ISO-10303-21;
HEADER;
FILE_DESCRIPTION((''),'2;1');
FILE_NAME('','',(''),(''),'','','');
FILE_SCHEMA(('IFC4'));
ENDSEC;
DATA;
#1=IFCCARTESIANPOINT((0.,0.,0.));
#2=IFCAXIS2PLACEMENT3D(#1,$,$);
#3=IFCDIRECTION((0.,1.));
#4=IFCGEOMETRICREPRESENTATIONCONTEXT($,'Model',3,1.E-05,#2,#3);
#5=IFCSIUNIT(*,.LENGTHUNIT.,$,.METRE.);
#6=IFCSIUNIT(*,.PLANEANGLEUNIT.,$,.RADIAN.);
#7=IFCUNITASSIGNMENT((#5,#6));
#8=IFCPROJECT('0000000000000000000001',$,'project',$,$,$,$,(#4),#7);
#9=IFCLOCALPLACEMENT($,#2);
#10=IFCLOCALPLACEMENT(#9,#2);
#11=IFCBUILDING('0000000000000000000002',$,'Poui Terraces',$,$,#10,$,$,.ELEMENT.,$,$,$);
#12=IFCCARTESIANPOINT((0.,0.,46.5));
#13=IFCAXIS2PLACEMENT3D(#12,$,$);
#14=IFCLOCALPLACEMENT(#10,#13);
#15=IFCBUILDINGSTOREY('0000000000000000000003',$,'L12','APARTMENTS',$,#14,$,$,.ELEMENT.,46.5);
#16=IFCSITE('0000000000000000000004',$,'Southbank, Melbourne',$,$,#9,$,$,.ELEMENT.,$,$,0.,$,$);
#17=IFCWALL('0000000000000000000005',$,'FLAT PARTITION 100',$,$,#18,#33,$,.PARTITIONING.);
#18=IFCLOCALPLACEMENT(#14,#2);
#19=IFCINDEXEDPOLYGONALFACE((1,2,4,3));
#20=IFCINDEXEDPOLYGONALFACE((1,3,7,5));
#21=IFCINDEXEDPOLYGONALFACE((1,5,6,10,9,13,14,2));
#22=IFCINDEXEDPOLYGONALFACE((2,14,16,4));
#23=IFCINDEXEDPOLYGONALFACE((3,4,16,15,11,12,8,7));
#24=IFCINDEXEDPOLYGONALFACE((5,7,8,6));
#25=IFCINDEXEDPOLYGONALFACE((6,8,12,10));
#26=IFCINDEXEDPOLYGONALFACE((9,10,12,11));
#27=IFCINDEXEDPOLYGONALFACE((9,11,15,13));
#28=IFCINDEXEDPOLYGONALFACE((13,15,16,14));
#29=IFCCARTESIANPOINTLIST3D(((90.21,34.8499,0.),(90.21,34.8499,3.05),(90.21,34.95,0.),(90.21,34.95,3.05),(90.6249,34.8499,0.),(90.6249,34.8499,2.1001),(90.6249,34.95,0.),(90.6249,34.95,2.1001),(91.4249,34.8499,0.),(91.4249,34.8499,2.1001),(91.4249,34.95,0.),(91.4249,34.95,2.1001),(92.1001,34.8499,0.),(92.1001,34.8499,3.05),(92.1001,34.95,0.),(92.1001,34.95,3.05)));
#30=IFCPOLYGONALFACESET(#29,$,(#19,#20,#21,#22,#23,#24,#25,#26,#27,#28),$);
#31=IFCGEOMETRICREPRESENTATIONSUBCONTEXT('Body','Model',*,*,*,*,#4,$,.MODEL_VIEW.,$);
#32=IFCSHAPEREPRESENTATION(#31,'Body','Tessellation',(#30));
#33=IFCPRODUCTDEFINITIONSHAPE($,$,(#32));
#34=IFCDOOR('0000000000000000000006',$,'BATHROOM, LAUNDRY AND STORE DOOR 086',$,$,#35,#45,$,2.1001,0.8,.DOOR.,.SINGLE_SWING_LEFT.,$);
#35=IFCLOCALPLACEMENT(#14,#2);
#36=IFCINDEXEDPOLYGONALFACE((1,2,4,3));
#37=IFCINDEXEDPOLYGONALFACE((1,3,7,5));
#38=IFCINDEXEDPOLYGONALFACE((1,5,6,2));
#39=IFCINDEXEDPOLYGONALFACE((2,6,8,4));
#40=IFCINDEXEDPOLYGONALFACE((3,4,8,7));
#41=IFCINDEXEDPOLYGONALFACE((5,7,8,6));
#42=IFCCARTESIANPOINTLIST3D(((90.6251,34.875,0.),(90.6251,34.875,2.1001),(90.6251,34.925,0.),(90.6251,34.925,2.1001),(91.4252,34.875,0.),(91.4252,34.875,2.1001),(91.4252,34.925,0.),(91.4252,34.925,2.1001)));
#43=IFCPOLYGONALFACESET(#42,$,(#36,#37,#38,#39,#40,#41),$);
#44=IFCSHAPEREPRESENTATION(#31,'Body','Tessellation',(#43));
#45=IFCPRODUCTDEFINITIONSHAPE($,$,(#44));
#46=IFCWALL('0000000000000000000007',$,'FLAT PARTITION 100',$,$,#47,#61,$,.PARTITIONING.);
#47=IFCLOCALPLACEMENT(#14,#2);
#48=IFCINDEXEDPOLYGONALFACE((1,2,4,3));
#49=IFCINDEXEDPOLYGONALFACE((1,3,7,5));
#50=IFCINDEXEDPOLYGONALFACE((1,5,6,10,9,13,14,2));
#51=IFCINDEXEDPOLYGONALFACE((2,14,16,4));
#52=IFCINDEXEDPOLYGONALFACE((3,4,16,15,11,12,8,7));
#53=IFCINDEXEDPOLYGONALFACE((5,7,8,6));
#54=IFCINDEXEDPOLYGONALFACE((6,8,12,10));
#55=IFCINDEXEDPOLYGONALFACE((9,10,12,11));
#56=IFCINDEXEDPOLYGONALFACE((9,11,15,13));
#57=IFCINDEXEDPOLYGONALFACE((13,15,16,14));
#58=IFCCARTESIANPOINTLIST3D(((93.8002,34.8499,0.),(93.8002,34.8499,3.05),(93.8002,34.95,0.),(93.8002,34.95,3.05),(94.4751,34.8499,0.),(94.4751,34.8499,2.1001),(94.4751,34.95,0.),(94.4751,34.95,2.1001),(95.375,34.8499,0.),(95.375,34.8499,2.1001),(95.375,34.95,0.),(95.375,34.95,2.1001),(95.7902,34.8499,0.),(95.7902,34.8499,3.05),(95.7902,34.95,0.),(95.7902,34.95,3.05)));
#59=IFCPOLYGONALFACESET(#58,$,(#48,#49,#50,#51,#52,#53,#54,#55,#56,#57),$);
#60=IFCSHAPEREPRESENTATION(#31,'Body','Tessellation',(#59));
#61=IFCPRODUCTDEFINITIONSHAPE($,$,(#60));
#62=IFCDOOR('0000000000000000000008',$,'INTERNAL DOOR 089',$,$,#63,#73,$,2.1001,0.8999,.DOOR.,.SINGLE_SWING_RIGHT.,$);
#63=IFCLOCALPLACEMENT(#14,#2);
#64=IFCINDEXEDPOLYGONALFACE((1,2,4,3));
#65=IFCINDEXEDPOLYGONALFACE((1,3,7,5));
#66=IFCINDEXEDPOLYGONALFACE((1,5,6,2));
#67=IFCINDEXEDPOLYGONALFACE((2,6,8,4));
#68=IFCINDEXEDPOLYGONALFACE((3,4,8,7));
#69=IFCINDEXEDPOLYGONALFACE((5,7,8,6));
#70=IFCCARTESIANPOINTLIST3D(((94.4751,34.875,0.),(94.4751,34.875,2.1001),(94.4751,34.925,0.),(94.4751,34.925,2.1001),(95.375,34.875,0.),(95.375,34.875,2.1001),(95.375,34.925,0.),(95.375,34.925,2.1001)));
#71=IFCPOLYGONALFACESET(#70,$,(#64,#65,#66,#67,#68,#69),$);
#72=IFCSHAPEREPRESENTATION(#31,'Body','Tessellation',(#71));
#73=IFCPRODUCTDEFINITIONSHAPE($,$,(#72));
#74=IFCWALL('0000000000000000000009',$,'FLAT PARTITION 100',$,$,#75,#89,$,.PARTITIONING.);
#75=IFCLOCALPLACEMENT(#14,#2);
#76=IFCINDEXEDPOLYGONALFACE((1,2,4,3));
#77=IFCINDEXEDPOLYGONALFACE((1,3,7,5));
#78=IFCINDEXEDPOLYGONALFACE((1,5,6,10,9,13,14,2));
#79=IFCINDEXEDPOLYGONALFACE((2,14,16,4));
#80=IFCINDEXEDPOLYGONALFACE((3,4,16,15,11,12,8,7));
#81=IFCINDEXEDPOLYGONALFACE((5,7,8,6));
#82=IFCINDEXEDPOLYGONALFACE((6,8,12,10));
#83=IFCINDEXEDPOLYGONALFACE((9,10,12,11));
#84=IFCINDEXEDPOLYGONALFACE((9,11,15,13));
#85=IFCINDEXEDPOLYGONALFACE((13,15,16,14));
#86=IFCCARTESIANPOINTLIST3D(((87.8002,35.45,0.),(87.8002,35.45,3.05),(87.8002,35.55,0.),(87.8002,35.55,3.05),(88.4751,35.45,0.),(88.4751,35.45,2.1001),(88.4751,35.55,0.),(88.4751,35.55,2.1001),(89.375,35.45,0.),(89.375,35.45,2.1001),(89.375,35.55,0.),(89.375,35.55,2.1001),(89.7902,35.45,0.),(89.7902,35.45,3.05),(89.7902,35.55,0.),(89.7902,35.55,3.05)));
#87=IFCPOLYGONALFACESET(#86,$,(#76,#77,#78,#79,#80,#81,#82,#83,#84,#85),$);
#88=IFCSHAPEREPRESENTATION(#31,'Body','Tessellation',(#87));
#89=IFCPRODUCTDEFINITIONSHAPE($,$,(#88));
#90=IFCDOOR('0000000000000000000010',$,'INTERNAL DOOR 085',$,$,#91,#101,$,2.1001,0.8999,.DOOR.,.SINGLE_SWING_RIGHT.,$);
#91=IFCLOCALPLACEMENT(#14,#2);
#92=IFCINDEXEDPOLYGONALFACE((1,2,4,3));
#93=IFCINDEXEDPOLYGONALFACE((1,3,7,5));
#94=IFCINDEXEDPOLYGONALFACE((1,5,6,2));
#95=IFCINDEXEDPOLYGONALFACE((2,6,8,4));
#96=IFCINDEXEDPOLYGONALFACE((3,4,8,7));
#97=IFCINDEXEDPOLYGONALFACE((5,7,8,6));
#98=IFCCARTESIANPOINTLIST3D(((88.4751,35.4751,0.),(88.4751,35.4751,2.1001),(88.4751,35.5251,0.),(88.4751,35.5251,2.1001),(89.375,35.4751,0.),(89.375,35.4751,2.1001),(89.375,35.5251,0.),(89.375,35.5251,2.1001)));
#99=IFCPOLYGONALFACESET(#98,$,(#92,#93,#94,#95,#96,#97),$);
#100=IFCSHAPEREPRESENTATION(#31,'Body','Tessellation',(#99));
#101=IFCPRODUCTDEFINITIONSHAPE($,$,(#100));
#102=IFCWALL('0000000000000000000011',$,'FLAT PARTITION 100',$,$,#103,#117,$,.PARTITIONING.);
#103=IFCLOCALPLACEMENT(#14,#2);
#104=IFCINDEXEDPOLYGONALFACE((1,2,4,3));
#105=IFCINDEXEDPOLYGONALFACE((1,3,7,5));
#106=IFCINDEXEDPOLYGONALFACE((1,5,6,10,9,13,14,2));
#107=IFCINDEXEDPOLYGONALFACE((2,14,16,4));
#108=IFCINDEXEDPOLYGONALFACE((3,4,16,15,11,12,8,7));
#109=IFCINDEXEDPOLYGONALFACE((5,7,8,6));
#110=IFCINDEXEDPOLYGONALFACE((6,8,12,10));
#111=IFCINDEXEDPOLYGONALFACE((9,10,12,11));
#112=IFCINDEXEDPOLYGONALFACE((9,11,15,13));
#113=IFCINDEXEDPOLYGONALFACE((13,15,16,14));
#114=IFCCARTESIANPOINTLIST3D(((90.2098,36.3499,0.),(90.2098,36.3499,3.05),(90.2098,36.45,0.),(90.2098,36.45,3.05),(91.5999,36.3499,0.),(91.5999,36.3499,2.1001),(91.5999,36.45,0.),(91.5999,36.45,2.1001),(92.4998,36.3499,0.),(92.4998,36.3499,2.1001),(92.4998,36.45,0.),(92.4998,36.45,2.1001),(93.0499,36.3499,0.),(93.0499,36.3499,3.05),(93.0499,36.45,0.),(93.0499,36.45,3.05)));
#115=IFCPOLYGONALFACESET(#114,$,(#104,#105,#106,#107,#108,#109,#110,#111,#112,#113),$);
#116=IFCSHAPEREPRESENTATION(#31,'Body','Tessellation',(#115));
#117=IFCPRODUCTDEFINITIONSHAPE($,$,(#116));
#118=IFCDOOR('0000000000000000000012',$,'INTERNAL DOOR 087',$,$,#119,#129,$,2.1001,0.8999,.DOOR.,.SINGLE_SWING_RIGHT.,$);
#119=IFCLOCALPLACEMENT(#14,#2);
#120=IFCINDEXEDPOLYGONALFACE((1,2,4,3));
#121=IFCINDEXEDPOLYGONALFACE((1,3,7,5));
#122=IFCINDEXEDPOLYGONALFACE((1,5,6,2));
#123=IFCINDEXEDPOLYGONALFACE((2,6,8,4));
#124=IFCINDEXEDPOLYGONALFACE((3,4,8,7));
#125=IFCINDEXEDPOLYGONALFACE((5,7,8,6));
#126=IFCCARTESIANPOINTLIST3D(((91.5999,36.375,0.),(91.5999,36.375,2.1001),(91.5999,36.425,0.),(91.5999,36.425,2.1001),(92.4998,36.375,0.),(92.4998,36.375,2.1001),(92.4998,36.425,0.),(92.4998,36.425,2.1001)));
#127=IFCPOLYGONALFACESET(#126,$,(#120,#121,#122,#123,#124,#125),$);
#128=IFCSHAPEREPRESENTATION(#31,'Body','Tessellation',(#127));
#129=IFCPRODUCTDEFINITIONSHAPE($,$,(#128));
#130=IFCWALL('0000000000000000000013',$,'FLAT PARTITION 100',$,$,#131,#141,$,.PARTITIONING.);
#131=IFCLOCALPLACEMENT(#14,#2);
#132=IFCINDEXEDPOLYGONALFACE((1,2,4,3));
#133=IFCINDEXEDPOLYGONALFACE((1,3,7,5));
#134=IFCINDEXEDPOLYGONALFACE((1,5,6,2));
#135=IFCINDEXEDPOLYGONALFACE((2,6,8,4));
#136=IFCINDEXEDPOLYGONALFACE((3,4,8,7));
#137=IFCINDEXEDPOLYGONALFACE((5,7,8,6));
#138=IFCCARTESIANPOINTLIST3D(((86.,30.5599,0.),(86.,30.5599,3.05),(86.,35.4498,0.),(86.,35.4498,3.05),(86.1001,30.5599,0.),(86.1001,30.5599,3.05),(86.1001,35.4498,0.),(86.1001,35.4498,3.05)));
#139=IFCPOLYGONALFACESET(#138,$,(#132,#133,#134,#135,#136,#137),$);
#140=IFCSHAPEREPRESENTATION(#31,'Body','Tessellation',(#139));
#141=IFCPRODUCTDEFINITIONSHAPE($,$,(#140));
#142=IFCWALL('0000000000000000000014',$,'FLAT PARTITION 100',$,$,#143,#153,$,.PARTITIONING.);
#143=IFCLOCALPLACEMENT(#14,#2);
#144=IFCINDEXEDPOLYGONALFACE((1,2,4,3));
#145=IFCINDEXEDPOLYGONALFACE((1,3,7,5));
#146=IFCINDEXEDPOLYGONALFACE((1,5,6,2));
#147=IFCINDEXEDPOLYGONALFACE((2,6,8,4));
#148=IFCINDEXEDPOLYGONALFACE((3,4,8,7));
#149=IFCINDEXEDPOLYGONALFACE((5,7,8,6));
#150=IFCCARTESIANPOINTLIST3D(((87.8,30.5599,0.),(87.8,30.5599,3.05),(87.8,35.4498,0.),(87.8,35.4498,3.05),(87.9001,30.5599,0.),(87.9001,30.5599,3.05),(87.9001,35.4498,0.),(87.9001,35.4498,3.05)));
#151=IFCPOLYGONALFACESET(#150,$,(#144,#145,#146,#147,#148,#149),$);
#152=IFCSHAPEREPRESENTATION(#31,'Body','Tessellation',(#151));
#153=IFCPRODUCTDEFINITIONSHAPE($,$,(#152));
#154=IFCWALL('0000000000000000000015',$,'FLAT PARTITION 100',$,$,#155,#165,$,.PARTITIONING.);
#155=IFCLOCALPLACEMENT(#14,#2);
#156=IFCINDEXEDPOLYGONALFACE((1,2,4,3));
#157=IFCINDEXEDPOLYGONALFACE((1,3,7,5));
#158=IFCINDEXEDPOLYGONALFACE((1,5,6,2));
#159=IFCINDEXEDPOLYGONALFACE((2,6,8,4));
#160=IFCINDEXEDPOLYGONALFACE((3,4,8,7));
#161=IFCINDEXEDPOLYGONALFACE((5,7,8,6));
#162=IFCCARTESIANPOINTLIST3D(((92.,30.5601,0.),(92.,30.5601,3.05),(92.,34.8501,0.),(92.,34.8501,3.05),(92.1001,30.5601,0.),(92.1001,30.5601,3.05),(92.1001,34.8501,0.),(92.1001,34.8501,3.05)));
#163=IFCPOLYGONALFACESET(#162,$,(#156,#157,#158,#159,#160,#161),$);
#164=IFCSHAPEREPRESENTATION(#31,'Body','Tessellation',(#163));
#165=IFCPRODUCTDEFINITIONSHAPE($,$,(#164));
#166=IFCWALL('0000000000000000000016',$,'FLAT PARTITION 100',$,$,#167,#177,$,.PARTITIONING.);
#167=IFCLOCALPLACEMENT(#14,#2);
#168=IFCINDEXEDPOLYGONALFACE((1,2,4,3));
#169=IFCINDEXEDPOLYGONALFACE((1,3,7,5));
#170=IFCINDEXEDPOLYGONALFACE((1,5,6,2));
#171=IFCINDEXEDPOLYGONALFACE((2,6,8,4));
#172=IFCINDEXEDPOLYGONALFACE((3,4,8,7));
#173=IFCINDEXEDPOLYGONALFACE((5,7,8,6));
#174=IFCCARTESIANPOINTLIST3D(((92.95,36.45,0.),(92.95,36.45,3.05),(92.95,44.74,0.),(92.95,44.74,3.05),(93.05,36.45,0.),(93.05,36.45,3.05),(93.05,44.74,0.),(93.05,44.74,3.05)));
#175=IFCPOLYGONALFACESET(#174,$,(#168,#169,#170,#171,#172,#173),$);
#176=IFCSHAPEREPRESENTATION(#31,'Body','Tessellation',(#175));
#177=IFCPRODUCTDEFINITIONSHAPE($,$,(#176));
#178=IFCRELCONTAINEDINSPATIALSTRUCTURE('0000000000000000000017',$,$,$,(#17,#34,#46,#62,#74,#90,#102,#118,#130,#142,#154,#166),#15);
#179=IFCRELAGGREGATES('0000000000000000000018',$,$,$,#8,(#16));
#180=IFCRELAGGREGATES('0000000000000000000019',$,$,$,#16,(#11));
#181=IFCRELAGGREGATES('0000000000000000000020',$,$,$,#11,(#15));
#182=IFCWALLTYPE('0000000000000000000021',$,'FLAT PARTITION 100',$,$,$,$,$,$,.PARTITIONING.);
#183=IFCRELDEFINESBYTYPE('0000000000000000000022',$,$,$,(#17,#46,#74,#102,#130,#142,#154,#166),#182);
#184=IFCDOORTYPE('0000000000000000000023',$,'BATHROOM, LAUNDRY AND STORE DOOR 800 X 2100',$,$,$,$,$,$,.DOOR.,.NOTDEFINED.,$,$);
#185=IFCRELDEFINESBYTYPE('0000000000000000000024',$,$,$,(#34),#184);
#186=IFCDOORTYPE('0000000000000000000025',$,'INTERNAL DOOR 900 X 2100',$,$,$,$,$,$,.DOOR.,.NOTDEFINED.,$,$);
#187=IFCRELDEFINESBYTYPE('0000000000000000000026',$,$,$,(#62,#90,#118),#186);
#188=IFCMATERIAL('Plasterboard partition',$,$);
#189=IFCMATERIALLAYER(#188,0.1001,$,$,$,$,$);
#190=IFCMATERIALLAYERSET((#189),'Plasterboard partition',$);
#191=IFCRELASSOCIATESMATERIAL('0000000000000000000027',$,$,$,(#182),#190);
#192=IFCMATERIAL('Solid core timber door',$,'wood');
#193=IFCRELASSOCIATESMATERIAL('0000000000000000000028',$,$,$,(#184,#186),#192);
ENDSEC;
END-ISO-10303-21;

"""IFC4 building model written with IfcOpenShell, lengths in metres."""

from ifc_helpers import new_model, si_unit, direction, frame, frame_2d, origin, place, context, subcontext, project, spatial, rectangle, extrude, material, layer, layer_set, type_object, element, fill, save


model = new_model("IFC4")

# Units and contexts
model_context = context("Model", 3, precision=1e-05, world=origin(), true_north=direction((0.0, 1.0)))
body_context = subcontext(model_context, "Body", "Model", "MODEL_VIEW")
ifc_project = project(units=[si_unit("LENGTHUNIT", "METRE"), si_unit("PLANEANGLEUNIT", "RADIAN")], contexts=[model_context])

# Site, building, storey
site_placement = place(None, origin())
site = spatial("IfcSite", under=ifc_project, at=site_placement, Name="Southbank, Melbourne", CompositionType="ELEMENT", RefElevation=0.0)
building_placement = place(site_placement, origin())
building = spatial("IfcBuilding", under=site, at=building_placement, Name="Poui Terraces", CompositionType="ELEMENT")
storey_placement = place(building_placement, frame((0.0, 0.0, 46.5)))
storey = spatial("IfcBuildingStorey", under=building, at=storey_placement, Name="L12", Description="APARTMENTS", CompositionType="ELEMENT", Elevation=46.5)

# Walls, openings, doors
ifc_material_1 = material(Name="Plasterboard partition")
ifc_layer_1 = layer(ifc_material_1, 0.1001)
ifc_layer_set_1 = layer_set([ifc_layer_1], Name="Plasterboard partition")
wall_type_1 = type_object("IfcWallType", Name="FLAT PARTITION 100", PredefinedType="PARTITIONING", material=ifc_layer_set_1)
wall_1_placement = place(storey_placement, frame((90.21, 34.8999, 0.0), z_axis=(0.0, 0.0, 1.0), x_axis=(1.0, 0.0, 0.0)))
wall_1 = element("IfcWall", 1, at=wall_1_placement, inside=storey, type_object=wall_type_1, Name="FLAT PARTITION 100", PredefinedType="PARTITIONING", context=body_context, shape_type="SweptSolid", body=[
    extrude(rectangle(XDim=1.8901, YDim=0.1001, at=frame_2d((0.9451, 0.0))), origin(), (0.0, 0.0, 1.0), 3.05),
])
opening_1_placement = place(wall_1_placement, frame((0.415, 0.0, 0.0)))
opening_1 = element("IfcOpeningElement", 2, at=opening_1_placement, cuts=wall_1, PredefinedType="OPENING", context=body_context, shape_type="SweptSolid", body=[
    extrude(rectangle(XDim=0.8, YDim=2.1001, at=frame_2d((0.3999, 1.05))), frame((0.0, 0.0601, 0.0), z_axis=(0.0, -1.0, 0.0), x_axis=(1.0, 0.0, 0.0)), (0.0, 0.0, 1.0), 0.1201),
])
ifc_material_2 = material(Name="Solid core timber door", Category="wood")
door_type_1 = type_object("IfcDoorType", Name="BATHROOM, LAUNDRY AND STORE DOOR 800 X 2100", OperationType="NOTDEFINED", PredefinedType="DOOR", material=ifc_material_2)
door_1_placement = place(opening_1_placement, frame((0.8, 0.0, 0.0), z_axis=(0.0, 0.0, 1.0), x_axis=(-1.0, 0.0, 0.0)))
door_1 = element("IfcDoor", 3, at=door_1_placement, inside=storey, type_object=door_type_1, Name="BATHROOM, LAUNDRY AND STORE DOOR 086", OperationType="SINGLE_SWING_LEFT", OverallHeight=2.1001, OverallWidth=0.8, PredefinedType="DOOR", context=body_context, shape_type="SweptSolid", body=[
    extrude(rectangle(XDim=0.8, YDim=2.1001, at=frame_2d((0.3999, 1.05))), frame((0.0, 0.0249, 0.0), z_axis=(0.0, -1.0, 0.0), x_axis=(1.0, 0.0, 0.0)), (0.0, 0.0, 1.0), 0.05),
])
fill(opening_1, door_1)
wall_2_placement = place(storey_placement, frame((93.8, 34.8999, 0.0), z_axis=(0.0, 0.0, 1.0), x_axis=(1.0, 0.0, 0.0)))
wall_2 = element("IfcWall", 4, at=wall_2_placement, inside=storey, type_object=wall_type_1, Name="FLAT PARTITION 100", PredefinedType="PARTITIONING", context=body_context, shape_type="SweptSolid", body=[
    extrude(rectangle(XDim=1.99, YDim=0.1001, at=frame_2d((0.9951, 0.0))), origin(), (0.0, 0.0, 1.0), 3.05),
])
opening_2_placement = place(wall_2_placement, frame((0.675, 0.0, 0.0)))
opening_2 = element("IfcOpeningElement", 5, at=opening_2_placement, cuts=wall_2, PredefinedType="OPENING", context=body_context, shape_type="SweptSolid", body=[
    extrude(rectangle(XDim=0.8999, YDim=2.1001, at=frame_2d((0.45, 1.05))), frame((0.0, 0.0601, 0.0), z_axis=(0.0, -1.0, 0.0), x_axis=(1.0, 0.0, 0.0)), (0.0, 0.0, 1.0), 0.1201),
])
door_type_2 = type_object("IfcDoorType", Name="INTERNAL DOOR 900 X 2100", OperationType="NOTDEFINED", PredefinedType="DOOR", material=ifc_material_2)
door_2_placement = place(opening_2_placement, frame((0.8999, 0.0, 0.0), z_axis=(0.0, 0.0, 1.0), x_axis=(-1.0, 0.0, 0.0)))
door_2 = element("IfcDoor", 6, at=door_2_placement, inside=storey, type_object=door_type_2, Name="INTERNAL DOOR 089", OperationType="SINGLE_SWING_RIGHT", OverallHeight=2.1001, OverallWidth=0.8999, PredefinedType="DOOR", context=body_context, shape_type="SweptSolid", body=[
    extrude(rectangle(XDim=0.8999, YDim=2.1001, at=frame_2d((0.45, 1.05))), frame((0.0, 0.0249, 0.0), z_axis=(0.0, -1.0, 0.0), x_axis=(1.0, 0.0, 0.0)), (0.0, 0.0, 1.0), 0.05),
])
fill(opening_2, door_2)
wall_3_placement = place(storey_placement, frame((87.8, 35.5, 0.0), z_axis=(0.0, 0.0, 1.0), x_axis=(1.0, 0.0, 0.0)))
wall_3 = element("IfcWall", 7, at=wall_3_placement, inside=storey, type_object=wall_type_1, Name="FLAT PARTITION 100", PredefinedType="PARTITIONING", context=body_context, shape_type="SweptSolid", body=[
    extrude(rectangle(XDim=1.99, YDim=0.1001, at=frame_2d((0.9951, 0.0))), origin(), (0.0, 0.0, 1.0), 3.05),
])
opening_3_placement = place(wall_3_placement, frame((0.675, 0.0, 0.0)))
opening_3 = element("IfcOpeningElement", 8, at=opening_3_placement, cuts=wall_3, PredefinedType="OPENING", context=body_context, shape_type="SweptSolid", body=[
    extrude(rectangle(XDim=0.8999, YDim=2.1001, at=frame_2d((0.45, 1.05))), frame((0.0, 0.0601, 0.0), z_axis=(0.0, -1.0, 0.0), x_axis=(1.0, 0.0, 0.0)), (0.0, 0.0, 1.0), 0.1201),
])
door_3_placement = place(opening_3_placement, frame((0.8999, 0.0, 0.0), z_axis=(0.0, 0.0, 1.0), x_axis=(-1.0, 0.0, 0.0)))
door_3 = element("IfcDoor", 9, at=door_3_placement, inside=storey, type_object=door_type_2, Name="INTERNAL DOOR 085", OperationType="SINGLE_SWING_RIGHT", OverallHeight=2.1001, OverallWidth=0.8999, PredefinedType="DOOR", context=body_context, shape_type="SweptSolid", body=[
    extrude(rectangle(XDim=0.8999, YDim=2.1001, at=frame_2d((0.45, 1.05))), frame((0.0, 0.0249, 0.0), z_axis=(0.0, -1.0, 0.0), x_axis=(1.0, 0.0, 0.0)), (0.0, 0.0, 1.0), 0.05),
])
fill(opening_3, door_3)
wall_4_placement = place(storey_placement, frame((90.21, 36.3999, 0.0), z_axis=(0.0, 0.0, 1.0), x_axis=(1.0, 0.0, 0.0)))
wall_4 = element("IfcWall", 10, at=wall_4_placement, inside=storey, type_object=wall_type_1, Name="FLAT PARTITION 100", PredefinedType="PARTITIONING", context=body_context, shape_type="SweptSolid", body=[
    extrude(rectangle(XDim=2.8401, YDim=0.1001, at=frame_2d((1.4199, 0.0))), origin(), (0.0, 0.0, 1.0), 3.05),
])
opening_4_placement = place(wall_4_placement, frame((1.3899, 0.0, 0.0)))
opening_4 = element("IfcOpeningElement", 11, at=opening_4_placement, cuts=wall_4, PredefinedType="OPENING", context=body_context, shape_type="SweptSolid", body=[
    extrude(rectangle(XDim=0.8999, YDim=2.1001, at=frame_2d((0.45, 1.05))), frame((0.0, 0.0601, 0.0), z_axis=(0.0, -1.0, 0.0), x_axis=(1.0, 0.0, 0.0)), (0.0, 0.0, 1.0), 0.1201),
])
door_4_placement = place(opening_4_placement, frame((0.8999, 0.0, 0.0), z_axis=(0.0, 0.0, 1.0), x_axis=(-1.0, 0.0, 0.0)))
door_4 = element("IfcDoor", 12, at=door_4_placement, inside=storey, type_object=door_type_2, Name="INTERNAL DOOR 087", OperationType="SINGLE_SWING_RIGHT", OverallHeight=2.1001, OverallWidth=0.8999, PredefinedType="DOOR", context=body_context, shape_type="SweptSolid", body=[
    extrude(rectangle(XDim=0.8999, YDim=2.1001, at=frame_2d((0.45, 1.05))), frame((0.0, 0.0249, 0.0), z_axis=(0.0, -1.0, 0.0), x_axis=(1.0, 0.0, 0.0)), (0.0, 0.0, 1.0), 0.05),
])
fill(opening_4, door_4)

# Walls
for number, where, z_axis, x_axis, name in (
    (13, (86.05, 30.5601, 0.0), (0.0, 0.0, 1.0), (0.0, 1.0, 0.0), "FLAT PARTITION 100"),
    (14, (87.8501, 30.5601, 0.0), (0.0, 0.0, 1.0), (0.0, 1.0, 0.0), "FLAT PARTITION 100"),
):
    element("IfcWall", number, at=place(storey_placement, frame(where, z_axis=z_axis, x_axis=x_axis)), inside=storey, type_object=wall_type_1, Name=name, PredefinedType="PARTITIONING", context=body_context, shape_type="SweptSolid", body=[
        extrude(rectangle(XDim=4.8899, YDim=0.1001, at=frame_2d((2.4448, 0.0))), origin(), (0.0, 0.0, 1.0), 3.05),
    ])
wall_5_placement = place(storey_placement, frame((92.05, 30.5601, 0.0), z_axis=(0.0, 0.0, 1.0), x_axis=(0.0, 1.0, 0.0)))
element("IfcWall", 15, at=wall_5_placement, inside=storey, type_object=wall_type_1, Name="FLAT PARTITION 100", PredefinedType="PARTITIONING", context=body_context, shape_type="SweptSolid", body=[
    extrude(rectangle(XDim=4.29, YDim=0.1001, at=frame_2d((2.145, 0.0))), origin(), (0.0, 0.0, 1.0), 3.05),
])
wall_6_placement = place(storey_placement, frame((93.0, 36.45, 0.0), z_axis=(0.0, 0.0, 1.0), x_axis=(0.0, 1.0, 0.0)))
element("IfcWall", 16, at=wall_6_placement, inside=storey, type_object=wall_type_1, Name="FLAT PARTITION 100", PredefinedType="PARTITIONING", context=body_context, shape_type="SweptSolid", body=[
    extrude(rectangle(XDim=8.29, YDim=0.1001, at=frame_2d((4.145, 0.0))), origin(), (0.0, 0.0, 1.0), 3.05),
])

save(model, "model.ifc")
